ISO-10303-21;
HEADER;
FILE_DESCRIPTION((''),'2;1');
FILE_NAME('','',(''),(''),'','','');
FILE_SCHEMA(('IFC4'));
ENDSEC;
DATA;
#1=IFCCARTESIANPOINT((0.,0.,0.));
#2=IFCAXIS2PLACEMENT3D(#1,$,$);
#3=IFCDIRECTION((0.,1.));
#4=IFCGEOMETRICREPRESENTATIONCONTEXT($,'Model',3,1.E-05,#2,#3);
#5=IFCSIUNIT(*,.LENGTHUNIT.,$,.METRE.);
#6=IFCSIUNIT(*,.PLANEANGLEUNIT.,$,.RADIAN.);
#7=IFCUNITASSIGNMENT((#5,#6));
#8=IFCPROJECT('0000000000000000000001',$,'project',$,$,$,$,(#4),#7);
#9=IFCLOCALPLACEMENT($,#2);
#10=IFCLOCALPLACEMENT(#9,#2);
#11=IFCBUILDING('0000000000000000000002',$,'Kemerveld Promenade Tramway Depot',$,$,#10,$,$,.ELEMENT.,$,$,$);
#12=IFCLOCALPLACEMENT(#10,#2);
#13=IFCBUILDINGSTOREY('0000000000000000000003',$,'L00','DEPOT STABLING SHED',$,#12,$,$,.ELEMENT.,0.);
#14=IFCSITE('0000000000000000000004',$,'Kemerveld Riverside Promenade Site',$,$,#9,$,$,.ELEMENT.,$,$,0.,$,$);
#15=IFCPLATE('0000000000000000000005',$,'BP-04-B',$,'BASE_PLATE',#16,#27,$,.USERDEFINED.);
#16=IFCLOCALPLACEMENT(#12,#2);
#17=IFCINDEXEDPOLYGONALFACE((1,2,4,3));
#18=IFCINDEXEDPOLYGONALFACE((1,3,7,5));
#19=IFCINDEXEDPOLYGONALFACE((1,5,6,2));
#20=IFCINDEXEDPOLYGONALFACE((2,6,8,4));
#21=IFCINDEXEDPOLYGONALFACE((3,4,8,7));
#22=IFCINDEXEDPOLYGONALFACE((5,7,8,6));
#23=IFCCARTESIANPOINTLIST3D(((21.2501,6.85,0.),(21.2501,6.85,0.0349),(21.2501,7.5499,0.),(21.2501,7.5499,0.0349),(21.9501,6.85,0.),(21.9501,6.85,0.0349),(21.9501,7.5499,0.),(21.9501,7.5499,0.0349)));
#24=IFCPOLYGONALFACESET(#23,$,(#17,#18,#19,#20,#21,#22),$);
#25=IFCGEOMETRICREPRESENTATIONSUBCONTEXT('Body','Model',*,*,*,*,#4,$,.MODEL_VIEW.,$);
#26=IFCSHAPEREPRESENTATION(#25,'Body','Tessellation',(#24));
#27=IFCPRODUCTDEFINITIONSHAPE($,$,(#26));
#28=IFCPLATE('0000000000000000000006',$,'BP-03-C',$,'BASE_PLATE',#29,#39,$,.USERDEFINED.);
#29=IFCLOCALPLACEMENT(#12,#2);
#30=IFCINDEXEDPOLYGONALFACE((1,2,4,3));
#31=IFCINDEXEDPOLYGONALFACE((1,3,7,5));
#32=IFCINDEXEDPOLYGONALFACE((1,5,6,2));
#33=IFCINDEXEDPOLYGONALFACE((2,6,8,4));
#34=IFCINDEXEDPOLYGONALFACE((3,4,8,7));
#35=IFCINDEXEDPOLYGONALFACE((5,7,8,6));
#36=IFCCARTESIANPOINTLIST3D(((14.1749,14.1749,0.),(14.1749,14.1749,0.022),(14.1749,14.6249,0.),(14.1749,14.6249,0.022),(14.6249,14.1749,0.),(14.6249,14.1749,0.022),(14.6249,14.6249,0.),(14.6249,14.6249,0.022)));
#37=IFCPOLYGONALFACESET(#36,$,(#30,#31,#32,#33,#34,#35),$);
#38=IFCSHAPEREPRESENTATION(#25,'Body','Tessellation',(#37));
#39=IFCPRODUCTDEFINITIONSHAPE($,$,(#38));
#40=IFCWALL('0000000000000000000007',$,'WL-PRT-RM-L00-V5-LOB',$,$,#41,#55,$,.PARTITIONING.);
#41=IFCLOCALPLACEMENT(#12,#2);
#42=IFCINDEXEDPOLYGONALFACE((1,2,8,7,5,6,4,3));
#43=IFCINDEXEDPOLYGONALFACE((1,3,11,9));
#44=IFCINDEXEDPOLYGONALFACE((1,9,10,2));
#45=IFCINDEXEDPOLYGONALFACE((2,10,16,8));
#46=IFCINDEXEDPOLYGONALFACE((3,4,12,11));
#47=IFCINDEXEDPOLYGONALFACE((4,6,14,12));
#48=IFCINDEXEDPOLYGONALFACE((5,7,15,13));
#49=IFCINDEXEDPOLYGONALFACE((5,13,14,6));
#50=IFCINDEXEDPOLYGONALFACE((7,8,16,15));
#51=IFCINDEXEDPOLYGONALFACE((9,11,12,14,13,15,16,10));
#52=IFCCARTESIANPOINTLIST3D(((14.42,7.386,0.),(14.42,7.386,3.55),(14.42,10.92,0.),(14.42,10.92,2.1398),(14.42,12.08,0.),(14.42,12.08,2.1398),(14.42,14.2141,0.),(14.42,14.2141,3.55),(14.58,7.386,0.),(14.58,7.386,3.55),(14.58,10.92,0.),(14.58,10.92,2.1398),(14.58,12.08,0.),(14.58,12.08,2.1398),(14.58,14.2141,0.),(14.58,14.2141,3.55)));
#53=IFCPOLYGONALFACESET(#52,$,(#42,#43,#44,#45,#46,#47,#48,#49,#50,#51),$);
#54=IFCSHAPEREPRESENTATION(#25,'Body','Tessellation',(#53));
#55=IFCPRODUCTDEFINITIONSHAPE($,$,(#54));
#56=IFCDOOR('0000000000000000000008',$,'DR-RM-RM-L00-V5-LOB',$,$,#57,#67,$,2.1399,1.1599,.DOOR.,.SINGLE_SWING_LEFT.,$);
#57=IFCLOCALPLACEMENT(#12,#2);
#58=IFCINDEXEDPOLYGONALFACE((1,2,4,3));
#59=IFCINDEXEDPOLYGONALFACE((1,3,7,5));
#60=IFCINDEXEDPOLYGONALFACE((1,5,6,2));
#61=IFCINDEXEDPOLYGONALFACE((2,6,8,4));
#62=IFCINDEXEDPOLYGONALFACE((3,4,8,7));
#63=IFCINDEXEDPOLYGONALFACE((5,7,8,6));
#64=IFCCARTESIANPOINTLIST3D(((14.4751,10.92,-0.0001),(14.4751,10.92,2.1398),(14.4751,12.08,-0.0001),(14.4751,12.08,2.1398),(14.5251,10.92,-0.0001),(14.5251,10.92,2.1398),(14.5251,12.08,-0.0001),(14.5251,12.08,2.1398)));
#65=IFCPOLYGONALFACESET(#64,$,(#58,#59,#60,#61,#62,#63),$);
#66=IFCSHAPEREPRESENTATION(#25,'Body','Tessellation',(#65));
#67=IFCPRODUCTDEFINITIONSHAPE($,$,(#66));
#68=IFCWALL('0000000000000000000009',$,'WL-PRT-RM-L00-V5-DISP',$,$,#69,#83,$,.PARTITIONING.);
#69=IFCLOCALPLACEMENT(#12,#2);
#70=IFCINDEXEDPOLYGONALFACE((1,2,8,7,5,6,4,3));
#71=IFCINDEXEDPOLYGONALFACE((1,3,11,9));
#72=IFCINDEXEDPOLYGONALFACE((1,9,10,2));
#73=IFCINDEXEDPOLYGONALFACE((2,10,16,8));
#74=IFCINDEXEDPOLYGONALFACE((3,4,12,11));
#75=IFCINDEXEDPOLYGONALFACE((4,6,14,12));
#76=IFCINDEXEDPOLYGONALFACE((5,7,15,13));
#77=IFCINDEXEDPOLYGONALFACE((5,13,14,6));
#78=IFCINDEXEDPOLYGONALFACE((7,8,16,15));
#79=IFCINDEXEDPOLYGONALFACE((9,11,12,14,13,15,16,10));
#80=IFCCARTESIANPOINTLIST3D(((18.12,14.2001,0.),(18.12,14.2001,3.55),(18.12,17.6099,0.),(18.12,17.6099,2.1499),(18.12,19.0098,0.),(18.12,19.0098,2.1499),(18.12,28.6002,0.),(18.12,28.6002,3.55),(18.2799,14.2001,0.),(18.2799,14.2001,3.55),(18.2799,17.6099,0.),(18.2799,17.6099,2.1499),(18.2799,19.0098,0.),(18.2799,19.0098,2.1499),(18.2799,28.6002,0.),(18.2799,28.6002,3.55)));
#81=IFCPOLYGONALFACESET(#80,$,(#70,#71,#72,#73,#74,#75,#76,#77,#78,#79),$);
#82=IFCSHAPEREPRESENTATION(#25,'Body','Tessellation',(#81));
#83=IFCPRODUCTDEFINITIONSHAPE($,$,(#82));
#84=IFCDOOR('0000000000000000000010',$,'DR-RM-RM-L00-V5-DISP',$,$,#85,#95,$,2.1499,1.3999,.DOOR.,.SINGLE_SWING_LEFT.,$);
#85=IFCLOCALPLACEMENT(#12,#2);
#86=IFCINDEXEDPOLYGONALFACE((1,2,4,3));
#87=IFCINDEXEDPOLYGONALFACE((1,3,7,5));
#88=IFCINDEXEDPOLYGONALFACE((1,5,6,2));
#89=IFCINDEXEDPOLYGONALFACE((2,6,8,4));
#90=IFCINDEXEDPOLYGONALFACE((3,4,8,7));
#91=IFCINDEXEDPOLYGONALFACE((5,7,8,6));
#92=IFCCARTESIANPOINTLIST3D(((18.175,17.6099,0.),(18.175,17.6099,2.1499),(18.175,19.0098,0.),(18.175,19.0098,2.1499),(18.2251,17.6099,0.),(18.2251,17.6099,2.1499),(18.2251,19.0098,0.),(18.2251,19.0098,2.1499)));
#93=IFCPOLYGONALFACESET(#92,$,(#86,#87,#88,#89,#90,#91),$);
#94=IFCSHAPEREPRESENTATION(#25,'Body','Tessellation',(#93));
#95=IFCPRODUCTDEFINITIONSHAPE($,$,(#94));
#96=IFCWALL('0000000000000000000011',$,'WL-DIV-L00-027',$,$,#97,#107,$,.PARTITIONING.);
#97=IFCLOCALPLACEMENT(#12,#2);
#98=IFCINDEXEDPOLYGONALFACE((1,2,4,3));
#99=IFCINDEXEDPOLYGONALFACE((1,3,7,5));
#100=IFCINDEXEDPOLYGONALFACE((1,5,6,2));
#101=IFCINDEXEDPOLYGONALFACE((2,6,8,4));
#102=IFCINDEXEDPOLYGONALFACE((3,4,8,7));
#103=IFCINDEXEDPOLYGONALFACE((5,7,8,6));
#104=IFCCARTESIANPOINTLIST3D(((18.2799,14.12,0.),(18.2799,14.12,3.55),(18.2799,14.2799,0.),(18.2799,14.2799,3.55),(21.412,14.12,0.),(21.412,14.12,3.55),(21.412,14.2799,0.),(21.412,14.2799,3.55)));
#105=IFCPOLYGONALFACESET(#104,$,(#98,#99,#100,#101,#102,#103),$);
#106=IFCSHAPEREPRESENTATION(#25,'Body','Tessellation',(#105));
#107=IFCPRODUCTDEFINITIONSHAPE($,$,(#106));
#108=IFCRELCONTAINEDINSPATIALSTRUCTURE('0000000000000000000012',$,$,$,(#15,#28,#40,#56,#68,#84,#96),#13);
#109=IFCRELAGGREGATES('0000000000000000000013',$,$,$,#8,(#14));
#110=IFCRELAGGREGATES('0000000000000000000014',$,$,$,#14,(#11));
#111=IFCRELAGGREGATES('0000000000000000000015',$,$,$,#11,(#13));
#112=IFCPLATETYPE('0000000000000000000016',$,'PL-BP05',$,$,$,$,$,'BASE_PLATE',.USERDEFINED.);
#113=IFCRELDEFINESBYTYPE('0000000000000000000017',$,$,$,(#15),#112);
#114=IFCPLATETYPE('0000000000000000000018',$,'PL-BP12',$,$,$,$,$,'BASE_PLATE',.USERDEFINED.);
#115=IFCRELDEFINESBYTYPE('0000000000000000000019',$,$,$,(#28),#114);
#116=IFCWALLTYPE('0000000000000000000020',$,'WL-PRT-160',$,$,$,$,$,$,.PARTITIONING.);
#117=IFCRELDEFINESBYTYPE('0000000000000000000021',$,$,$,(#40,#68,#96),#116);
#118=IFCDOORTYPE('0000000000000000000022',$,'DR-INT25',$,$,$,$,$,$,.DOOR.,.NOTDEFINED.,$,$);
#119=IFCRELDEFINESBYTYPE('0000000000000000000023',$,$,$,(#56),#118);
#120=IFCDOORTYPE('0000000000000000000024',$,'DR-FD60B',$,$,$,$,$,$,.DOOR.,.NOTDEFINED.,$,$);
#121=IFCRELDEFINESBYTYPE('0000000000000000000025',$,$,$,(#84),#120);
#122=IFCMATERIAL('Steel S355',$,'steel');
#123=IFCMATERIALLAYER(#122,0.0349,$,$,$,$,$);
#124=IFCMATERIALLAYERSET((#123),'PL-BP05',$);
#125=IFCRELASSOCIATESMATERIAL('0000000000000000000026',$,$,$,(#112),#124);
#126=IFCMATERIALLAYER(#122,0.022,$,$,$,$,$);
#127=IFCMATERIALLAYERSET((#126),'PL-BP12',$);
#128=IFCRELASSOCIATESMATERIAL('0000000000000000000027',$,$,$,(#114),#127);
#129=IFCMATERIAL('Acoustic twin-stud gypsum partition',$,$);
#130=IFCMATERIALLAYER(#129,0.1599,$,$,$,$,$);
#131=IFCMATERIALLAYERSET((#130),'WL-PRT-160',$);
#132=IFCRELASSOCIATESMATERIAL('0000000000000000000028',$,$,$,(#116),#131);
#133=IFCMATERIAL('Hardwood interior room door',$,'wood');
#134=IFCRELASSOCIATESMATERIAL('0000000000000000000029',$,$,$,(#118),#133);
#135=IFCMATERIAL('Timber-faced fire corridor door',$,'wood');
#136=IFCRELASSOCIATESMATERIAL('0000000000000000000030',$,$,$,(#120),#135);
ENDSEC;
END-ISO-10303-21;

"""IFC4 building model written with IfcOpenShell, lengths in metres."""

from ifc_helpers import new_model, si_unit, direction, frame, frame_2d, origin, origin_2d, place, context, subcontext, project, spatial, rectangle, extrude, material, layer, layer_set, type_object, element, fill, save


model = new_model("IFC4")

# Units and contexts
model_context = context("Model", 3, precision=1e-05, world=origin(), true_north=direction((0.0, 1.0)))
body_context = subcontext(model_context, "Body", "Model", "MODEL_VIEW")
ifc_project = project(units=[si_unit("LENGTHUNIT", "METRE"), si_unit("PLANEANGLEUNIT", "RADIAN")], contexts=[model_context])

# Site, building, storey
site_placement = place(None, origin())
site = spatial("IfcSite", under=ifc_project, at=site_placement, Name="Kemerveld Riverside Promenade Site", CompositionType="ELEMENT", RefElevation=0.0)
building_placement = place(site_placement, origin())
building = spatial("IfcBuilding", under=site, at=building_placement, Name="Kemerveld Promenade Tramway Depot", CompositionType="ELEMENT")
storey_placement = place(building_placement, origin())
storey = spatial("IfcBuildingStorey", under=building, at=storey_placement, Name="L00", Description="DEPOT STABLING SHED", CompositionType="ELEMENT", Elevation=0.0)

# Shared definitions
ifc_material_1 = material(Name="Steel S355", Category="steel")

# Plates
ifc_layer_1 = layer(ifc_material_1, 0.0349)
ifc_layer_set_1 = layer_set([ifc_layer_1], Name="PL-BP05")
plate_type_1 = type_object("IfcPlateType", Name="PL-BP05", ElementType="BASE_PLATE", PredefinedType="USERDEFINED", material=ifc_layer_set_1)
plate_1_placement = place(storey_placement, frame((21.6001, 7.2, 0.0), z_axis=(0.0, 0.0, 1.0), x_axis=(1.0, 0.0, 0.0)))
element("IfcPlate", 1, at=plate_1_placement, inside=storey, type_object=plate_type_1, Name="BP-04-B", ObjectType="BASE_PLATE", PredefinedType="USERDEFINED", context=body_context, shape_type="SweptSolid", body=[
    extrude(rectangle(XDim=0.7, YDim=0.7, at=origin_2d()), origin(), (0.0, 0.0, 1.0), 0.0349),
])
ifc_layer_2 = layer(ifc_material_1, 0.022)
ifc_layer_set_2 = layer_set([ifc_layer_2], Name="PL-BP12")
plate_type_2 = type_object("IfcPlateType", Name="PL-BP12", ElementType="BASE_PLATE", PredefinedType="USERDEFINED", material=ifc_layer_set_2)
plate_2_placement = place(storey_placement, frame((14.3999, 14.3999, 0.0), z_axis=(0.0, 0.0, 1.0), x_axis=(1.0, 0.0, 0.0)))
element("IfcPlate", 2, at=plate_2_placement, inside=storey, type_object=plate_type_2, Name="BP-03-C", ObjectType="BASE_PLATE", PredefinedType="USERDEFINED", context=body_context, shape_type="SweptSolid", body=[
    extrude(rectangle(XDim=0.45, YDim=0.45, at=origin_2d()), origin(), (0.0, 0.0, 1.0), 0.022),
])

# Walls, openings, doors
ifc_material_2 = material(Name="Acoustic twin-stud gypsum partition")
ifc_layer_3 = layer(ifc_material_2, 0.1599)
ifc_layer_set_3 = layer_set([ifc_layer_3], Name="WL-PRT-160")
wall_type = type_object("IfcWallType", Name="WL-PRT-160", PredefinedType="PARTITIONING", material=ifc_layer_set_3)
wall_1_placement = place(storey_placement, frame((14.5, 7.386, 0.0), z_axis=(0.0, 0.0, 1.0), x_axis=(0.0, 1.0, 0.0)))
wall_1 = element("IfcWall", 3, at=wall_1_placement, inside=storey, type_object=wall_type, Name="WL-PRT-RM-L00-V5-LOB", PredefinedType="PARTITIONING", context=body_context, shape_type="SweptSolid", body=[
    extrude(rectangle(XDim=6.8281, YDim=0.1599, at=frame_2d((3.4141, 0.0))), origin(), (0.0, 0.0, 1.0), 3.55),
])
opening_1_placement = place(wall_1_placement, frame((3.5339, 0.0, 0.0)))
opening_1 = element("IfcOpeningElement", 4, at=opening_1_placement, cuts=wall_1, PredefinedType="OPENING", context=body_context, shape_type="SweptSolid", body=[
    extrude(rectangle(XDim=1.1599, YDim=2.1399, at=frame_2d((0.5801, 1.0698))), frame((0.0, 0.0898, 0.0), z_axis=(0.0, -1.0, 0.0), x_axis=(1.0, 0.0, 0.0)), (0.0, 0.0, 1.0), 0.1799),
])
ifc_material_3 = material(Name="Hardwood interior room door", Category="wood")
door_type_1 = type_object("IfcDoorType", Name="DR-INT25", OperationType="NOTDEFINED", PredefinedType="DOOR", material=ifc_material_3)
door_1_placement = place(opening_1_placement, origin())
door_1 = element("IfcDoor", 5, at=door_1_placement, inside=storey, type_object=door_type_1, Name="DR-RM-RM-L00-V5-LOB", OperationType="SINGLE_SWING_LEFT", OverallHeight=2.1399, OverallWidth=1.1599, PredefinedType="DOOR", context=body_context, shape_type="SweptSolid", body=[
    extrude(rectangle(XDim=1.1599, YDim=2.1399, at=frame_2d((0.5801, 1.0698))), frame((0.0, 0.0249, 0.0), z_axis=(0.0, -1.0, 0.0), x_axis=(1.0, 0.0, 0.0)), (0.0, 0.0, 1.0), 0.05),
])
fill(opening_1, door_1)
wall_2_placement = place(storey_placement, frame((18.2, 14.2, 0.0), z_axis=(0.0, 0.0, 1.0), x_axis=(0.0, 1.0, 0.0)))
wall_2 = element("IfcWall", 6, at=wall_2_placement, inside=storey, type_object=wall_type, Name="WL-PRT-RM-L00-V5-DISP", PredefinedType="PARTITIONING", context=body_context, shape_type="SweptSolid", body=[
    extrude(rectangle(XDim=14.4001, YDim=0.1599, at=frame_2d((7.2002, 0.0))), origin(), (0.0, 0.0, 1.0), 3.55),
])
opening_2_placement = place(wall_2_placement, frame((3.4099, 0.0, 0.0)))
opening_2 = element("IfcOpeningElement", 7, at=opening_2_placement, cuts=wall_2, PredefinedType="OPENING", context=body_context, shape_type="SweptSolid", body=[
    extrude(rectangle(XDim=1.3999, YDim=2.1499, at=frame_2d((0.7, 1.075))), frame((0.0, 0.0898, 0.0), z_axis=(0.0, -1.0, 0.0), x_axis=(1.0, 0.0, 0.0)), (0.0, 0.0, 1.0), 0.1799),
])
ifc_material_4 = material(Name="Timber-faced fire corridor door", Category="wood")
door_type_2 = type_object("IfcDoorType", Name="DR-FD60B", OperationType="NOTDEFINED", PredefinedType="DOOR", material=ifc_material_4)
door_2_placement = place(opening_2_placement, origin())
door_2 = element("IfcDoor", 8, at=door_2_placement, inside=storey, type_object=door_type_2, Name="DR-RM-RM-L00-V5-DISP", OperationType="SINGLE_SWING_LEFT", OverallHeight=2.1499, OverallWidth=1.3999, PredefinedType="DOOR", context=body_context, shape_type="SweptSolid", body=[
    extrude(rectangle(XDim=1.3999, YDim=2.1499, at=frame_2d((0.7, 1.075))), frame((0.0, 0.0249, 0.0), z_axis=(0.0, -1.0, 0.0), x_axis=(1.0, 0.0, 0.0)), (0.0, 0.0, 1.0), 0.05),
])
fill(opening_2, door_2)

# Wall
wall_3_placement = place(storey_placement, frame((18.28, 14.2, 0.0), z_axis=(0.0, 0.0, 1.0), x_axis=(1.0, 0.0, 0.0)))
element("IfcWall", 9, at=wall_3_placement, inside=storey, type_object=wall_type, Name="WL-DIV-L00-027", PredefinedType="PARTITIONING", context=body_context, shape_type="SweptSolid", body=[
    extrude(rectangle(XDim=3.1321, YDim=0.1599, at=frame_2d((1.5659, 0.0))), origin(), (0.0, 0.0, 1.0), 3.55),
])

save(model, "model.ifc")
